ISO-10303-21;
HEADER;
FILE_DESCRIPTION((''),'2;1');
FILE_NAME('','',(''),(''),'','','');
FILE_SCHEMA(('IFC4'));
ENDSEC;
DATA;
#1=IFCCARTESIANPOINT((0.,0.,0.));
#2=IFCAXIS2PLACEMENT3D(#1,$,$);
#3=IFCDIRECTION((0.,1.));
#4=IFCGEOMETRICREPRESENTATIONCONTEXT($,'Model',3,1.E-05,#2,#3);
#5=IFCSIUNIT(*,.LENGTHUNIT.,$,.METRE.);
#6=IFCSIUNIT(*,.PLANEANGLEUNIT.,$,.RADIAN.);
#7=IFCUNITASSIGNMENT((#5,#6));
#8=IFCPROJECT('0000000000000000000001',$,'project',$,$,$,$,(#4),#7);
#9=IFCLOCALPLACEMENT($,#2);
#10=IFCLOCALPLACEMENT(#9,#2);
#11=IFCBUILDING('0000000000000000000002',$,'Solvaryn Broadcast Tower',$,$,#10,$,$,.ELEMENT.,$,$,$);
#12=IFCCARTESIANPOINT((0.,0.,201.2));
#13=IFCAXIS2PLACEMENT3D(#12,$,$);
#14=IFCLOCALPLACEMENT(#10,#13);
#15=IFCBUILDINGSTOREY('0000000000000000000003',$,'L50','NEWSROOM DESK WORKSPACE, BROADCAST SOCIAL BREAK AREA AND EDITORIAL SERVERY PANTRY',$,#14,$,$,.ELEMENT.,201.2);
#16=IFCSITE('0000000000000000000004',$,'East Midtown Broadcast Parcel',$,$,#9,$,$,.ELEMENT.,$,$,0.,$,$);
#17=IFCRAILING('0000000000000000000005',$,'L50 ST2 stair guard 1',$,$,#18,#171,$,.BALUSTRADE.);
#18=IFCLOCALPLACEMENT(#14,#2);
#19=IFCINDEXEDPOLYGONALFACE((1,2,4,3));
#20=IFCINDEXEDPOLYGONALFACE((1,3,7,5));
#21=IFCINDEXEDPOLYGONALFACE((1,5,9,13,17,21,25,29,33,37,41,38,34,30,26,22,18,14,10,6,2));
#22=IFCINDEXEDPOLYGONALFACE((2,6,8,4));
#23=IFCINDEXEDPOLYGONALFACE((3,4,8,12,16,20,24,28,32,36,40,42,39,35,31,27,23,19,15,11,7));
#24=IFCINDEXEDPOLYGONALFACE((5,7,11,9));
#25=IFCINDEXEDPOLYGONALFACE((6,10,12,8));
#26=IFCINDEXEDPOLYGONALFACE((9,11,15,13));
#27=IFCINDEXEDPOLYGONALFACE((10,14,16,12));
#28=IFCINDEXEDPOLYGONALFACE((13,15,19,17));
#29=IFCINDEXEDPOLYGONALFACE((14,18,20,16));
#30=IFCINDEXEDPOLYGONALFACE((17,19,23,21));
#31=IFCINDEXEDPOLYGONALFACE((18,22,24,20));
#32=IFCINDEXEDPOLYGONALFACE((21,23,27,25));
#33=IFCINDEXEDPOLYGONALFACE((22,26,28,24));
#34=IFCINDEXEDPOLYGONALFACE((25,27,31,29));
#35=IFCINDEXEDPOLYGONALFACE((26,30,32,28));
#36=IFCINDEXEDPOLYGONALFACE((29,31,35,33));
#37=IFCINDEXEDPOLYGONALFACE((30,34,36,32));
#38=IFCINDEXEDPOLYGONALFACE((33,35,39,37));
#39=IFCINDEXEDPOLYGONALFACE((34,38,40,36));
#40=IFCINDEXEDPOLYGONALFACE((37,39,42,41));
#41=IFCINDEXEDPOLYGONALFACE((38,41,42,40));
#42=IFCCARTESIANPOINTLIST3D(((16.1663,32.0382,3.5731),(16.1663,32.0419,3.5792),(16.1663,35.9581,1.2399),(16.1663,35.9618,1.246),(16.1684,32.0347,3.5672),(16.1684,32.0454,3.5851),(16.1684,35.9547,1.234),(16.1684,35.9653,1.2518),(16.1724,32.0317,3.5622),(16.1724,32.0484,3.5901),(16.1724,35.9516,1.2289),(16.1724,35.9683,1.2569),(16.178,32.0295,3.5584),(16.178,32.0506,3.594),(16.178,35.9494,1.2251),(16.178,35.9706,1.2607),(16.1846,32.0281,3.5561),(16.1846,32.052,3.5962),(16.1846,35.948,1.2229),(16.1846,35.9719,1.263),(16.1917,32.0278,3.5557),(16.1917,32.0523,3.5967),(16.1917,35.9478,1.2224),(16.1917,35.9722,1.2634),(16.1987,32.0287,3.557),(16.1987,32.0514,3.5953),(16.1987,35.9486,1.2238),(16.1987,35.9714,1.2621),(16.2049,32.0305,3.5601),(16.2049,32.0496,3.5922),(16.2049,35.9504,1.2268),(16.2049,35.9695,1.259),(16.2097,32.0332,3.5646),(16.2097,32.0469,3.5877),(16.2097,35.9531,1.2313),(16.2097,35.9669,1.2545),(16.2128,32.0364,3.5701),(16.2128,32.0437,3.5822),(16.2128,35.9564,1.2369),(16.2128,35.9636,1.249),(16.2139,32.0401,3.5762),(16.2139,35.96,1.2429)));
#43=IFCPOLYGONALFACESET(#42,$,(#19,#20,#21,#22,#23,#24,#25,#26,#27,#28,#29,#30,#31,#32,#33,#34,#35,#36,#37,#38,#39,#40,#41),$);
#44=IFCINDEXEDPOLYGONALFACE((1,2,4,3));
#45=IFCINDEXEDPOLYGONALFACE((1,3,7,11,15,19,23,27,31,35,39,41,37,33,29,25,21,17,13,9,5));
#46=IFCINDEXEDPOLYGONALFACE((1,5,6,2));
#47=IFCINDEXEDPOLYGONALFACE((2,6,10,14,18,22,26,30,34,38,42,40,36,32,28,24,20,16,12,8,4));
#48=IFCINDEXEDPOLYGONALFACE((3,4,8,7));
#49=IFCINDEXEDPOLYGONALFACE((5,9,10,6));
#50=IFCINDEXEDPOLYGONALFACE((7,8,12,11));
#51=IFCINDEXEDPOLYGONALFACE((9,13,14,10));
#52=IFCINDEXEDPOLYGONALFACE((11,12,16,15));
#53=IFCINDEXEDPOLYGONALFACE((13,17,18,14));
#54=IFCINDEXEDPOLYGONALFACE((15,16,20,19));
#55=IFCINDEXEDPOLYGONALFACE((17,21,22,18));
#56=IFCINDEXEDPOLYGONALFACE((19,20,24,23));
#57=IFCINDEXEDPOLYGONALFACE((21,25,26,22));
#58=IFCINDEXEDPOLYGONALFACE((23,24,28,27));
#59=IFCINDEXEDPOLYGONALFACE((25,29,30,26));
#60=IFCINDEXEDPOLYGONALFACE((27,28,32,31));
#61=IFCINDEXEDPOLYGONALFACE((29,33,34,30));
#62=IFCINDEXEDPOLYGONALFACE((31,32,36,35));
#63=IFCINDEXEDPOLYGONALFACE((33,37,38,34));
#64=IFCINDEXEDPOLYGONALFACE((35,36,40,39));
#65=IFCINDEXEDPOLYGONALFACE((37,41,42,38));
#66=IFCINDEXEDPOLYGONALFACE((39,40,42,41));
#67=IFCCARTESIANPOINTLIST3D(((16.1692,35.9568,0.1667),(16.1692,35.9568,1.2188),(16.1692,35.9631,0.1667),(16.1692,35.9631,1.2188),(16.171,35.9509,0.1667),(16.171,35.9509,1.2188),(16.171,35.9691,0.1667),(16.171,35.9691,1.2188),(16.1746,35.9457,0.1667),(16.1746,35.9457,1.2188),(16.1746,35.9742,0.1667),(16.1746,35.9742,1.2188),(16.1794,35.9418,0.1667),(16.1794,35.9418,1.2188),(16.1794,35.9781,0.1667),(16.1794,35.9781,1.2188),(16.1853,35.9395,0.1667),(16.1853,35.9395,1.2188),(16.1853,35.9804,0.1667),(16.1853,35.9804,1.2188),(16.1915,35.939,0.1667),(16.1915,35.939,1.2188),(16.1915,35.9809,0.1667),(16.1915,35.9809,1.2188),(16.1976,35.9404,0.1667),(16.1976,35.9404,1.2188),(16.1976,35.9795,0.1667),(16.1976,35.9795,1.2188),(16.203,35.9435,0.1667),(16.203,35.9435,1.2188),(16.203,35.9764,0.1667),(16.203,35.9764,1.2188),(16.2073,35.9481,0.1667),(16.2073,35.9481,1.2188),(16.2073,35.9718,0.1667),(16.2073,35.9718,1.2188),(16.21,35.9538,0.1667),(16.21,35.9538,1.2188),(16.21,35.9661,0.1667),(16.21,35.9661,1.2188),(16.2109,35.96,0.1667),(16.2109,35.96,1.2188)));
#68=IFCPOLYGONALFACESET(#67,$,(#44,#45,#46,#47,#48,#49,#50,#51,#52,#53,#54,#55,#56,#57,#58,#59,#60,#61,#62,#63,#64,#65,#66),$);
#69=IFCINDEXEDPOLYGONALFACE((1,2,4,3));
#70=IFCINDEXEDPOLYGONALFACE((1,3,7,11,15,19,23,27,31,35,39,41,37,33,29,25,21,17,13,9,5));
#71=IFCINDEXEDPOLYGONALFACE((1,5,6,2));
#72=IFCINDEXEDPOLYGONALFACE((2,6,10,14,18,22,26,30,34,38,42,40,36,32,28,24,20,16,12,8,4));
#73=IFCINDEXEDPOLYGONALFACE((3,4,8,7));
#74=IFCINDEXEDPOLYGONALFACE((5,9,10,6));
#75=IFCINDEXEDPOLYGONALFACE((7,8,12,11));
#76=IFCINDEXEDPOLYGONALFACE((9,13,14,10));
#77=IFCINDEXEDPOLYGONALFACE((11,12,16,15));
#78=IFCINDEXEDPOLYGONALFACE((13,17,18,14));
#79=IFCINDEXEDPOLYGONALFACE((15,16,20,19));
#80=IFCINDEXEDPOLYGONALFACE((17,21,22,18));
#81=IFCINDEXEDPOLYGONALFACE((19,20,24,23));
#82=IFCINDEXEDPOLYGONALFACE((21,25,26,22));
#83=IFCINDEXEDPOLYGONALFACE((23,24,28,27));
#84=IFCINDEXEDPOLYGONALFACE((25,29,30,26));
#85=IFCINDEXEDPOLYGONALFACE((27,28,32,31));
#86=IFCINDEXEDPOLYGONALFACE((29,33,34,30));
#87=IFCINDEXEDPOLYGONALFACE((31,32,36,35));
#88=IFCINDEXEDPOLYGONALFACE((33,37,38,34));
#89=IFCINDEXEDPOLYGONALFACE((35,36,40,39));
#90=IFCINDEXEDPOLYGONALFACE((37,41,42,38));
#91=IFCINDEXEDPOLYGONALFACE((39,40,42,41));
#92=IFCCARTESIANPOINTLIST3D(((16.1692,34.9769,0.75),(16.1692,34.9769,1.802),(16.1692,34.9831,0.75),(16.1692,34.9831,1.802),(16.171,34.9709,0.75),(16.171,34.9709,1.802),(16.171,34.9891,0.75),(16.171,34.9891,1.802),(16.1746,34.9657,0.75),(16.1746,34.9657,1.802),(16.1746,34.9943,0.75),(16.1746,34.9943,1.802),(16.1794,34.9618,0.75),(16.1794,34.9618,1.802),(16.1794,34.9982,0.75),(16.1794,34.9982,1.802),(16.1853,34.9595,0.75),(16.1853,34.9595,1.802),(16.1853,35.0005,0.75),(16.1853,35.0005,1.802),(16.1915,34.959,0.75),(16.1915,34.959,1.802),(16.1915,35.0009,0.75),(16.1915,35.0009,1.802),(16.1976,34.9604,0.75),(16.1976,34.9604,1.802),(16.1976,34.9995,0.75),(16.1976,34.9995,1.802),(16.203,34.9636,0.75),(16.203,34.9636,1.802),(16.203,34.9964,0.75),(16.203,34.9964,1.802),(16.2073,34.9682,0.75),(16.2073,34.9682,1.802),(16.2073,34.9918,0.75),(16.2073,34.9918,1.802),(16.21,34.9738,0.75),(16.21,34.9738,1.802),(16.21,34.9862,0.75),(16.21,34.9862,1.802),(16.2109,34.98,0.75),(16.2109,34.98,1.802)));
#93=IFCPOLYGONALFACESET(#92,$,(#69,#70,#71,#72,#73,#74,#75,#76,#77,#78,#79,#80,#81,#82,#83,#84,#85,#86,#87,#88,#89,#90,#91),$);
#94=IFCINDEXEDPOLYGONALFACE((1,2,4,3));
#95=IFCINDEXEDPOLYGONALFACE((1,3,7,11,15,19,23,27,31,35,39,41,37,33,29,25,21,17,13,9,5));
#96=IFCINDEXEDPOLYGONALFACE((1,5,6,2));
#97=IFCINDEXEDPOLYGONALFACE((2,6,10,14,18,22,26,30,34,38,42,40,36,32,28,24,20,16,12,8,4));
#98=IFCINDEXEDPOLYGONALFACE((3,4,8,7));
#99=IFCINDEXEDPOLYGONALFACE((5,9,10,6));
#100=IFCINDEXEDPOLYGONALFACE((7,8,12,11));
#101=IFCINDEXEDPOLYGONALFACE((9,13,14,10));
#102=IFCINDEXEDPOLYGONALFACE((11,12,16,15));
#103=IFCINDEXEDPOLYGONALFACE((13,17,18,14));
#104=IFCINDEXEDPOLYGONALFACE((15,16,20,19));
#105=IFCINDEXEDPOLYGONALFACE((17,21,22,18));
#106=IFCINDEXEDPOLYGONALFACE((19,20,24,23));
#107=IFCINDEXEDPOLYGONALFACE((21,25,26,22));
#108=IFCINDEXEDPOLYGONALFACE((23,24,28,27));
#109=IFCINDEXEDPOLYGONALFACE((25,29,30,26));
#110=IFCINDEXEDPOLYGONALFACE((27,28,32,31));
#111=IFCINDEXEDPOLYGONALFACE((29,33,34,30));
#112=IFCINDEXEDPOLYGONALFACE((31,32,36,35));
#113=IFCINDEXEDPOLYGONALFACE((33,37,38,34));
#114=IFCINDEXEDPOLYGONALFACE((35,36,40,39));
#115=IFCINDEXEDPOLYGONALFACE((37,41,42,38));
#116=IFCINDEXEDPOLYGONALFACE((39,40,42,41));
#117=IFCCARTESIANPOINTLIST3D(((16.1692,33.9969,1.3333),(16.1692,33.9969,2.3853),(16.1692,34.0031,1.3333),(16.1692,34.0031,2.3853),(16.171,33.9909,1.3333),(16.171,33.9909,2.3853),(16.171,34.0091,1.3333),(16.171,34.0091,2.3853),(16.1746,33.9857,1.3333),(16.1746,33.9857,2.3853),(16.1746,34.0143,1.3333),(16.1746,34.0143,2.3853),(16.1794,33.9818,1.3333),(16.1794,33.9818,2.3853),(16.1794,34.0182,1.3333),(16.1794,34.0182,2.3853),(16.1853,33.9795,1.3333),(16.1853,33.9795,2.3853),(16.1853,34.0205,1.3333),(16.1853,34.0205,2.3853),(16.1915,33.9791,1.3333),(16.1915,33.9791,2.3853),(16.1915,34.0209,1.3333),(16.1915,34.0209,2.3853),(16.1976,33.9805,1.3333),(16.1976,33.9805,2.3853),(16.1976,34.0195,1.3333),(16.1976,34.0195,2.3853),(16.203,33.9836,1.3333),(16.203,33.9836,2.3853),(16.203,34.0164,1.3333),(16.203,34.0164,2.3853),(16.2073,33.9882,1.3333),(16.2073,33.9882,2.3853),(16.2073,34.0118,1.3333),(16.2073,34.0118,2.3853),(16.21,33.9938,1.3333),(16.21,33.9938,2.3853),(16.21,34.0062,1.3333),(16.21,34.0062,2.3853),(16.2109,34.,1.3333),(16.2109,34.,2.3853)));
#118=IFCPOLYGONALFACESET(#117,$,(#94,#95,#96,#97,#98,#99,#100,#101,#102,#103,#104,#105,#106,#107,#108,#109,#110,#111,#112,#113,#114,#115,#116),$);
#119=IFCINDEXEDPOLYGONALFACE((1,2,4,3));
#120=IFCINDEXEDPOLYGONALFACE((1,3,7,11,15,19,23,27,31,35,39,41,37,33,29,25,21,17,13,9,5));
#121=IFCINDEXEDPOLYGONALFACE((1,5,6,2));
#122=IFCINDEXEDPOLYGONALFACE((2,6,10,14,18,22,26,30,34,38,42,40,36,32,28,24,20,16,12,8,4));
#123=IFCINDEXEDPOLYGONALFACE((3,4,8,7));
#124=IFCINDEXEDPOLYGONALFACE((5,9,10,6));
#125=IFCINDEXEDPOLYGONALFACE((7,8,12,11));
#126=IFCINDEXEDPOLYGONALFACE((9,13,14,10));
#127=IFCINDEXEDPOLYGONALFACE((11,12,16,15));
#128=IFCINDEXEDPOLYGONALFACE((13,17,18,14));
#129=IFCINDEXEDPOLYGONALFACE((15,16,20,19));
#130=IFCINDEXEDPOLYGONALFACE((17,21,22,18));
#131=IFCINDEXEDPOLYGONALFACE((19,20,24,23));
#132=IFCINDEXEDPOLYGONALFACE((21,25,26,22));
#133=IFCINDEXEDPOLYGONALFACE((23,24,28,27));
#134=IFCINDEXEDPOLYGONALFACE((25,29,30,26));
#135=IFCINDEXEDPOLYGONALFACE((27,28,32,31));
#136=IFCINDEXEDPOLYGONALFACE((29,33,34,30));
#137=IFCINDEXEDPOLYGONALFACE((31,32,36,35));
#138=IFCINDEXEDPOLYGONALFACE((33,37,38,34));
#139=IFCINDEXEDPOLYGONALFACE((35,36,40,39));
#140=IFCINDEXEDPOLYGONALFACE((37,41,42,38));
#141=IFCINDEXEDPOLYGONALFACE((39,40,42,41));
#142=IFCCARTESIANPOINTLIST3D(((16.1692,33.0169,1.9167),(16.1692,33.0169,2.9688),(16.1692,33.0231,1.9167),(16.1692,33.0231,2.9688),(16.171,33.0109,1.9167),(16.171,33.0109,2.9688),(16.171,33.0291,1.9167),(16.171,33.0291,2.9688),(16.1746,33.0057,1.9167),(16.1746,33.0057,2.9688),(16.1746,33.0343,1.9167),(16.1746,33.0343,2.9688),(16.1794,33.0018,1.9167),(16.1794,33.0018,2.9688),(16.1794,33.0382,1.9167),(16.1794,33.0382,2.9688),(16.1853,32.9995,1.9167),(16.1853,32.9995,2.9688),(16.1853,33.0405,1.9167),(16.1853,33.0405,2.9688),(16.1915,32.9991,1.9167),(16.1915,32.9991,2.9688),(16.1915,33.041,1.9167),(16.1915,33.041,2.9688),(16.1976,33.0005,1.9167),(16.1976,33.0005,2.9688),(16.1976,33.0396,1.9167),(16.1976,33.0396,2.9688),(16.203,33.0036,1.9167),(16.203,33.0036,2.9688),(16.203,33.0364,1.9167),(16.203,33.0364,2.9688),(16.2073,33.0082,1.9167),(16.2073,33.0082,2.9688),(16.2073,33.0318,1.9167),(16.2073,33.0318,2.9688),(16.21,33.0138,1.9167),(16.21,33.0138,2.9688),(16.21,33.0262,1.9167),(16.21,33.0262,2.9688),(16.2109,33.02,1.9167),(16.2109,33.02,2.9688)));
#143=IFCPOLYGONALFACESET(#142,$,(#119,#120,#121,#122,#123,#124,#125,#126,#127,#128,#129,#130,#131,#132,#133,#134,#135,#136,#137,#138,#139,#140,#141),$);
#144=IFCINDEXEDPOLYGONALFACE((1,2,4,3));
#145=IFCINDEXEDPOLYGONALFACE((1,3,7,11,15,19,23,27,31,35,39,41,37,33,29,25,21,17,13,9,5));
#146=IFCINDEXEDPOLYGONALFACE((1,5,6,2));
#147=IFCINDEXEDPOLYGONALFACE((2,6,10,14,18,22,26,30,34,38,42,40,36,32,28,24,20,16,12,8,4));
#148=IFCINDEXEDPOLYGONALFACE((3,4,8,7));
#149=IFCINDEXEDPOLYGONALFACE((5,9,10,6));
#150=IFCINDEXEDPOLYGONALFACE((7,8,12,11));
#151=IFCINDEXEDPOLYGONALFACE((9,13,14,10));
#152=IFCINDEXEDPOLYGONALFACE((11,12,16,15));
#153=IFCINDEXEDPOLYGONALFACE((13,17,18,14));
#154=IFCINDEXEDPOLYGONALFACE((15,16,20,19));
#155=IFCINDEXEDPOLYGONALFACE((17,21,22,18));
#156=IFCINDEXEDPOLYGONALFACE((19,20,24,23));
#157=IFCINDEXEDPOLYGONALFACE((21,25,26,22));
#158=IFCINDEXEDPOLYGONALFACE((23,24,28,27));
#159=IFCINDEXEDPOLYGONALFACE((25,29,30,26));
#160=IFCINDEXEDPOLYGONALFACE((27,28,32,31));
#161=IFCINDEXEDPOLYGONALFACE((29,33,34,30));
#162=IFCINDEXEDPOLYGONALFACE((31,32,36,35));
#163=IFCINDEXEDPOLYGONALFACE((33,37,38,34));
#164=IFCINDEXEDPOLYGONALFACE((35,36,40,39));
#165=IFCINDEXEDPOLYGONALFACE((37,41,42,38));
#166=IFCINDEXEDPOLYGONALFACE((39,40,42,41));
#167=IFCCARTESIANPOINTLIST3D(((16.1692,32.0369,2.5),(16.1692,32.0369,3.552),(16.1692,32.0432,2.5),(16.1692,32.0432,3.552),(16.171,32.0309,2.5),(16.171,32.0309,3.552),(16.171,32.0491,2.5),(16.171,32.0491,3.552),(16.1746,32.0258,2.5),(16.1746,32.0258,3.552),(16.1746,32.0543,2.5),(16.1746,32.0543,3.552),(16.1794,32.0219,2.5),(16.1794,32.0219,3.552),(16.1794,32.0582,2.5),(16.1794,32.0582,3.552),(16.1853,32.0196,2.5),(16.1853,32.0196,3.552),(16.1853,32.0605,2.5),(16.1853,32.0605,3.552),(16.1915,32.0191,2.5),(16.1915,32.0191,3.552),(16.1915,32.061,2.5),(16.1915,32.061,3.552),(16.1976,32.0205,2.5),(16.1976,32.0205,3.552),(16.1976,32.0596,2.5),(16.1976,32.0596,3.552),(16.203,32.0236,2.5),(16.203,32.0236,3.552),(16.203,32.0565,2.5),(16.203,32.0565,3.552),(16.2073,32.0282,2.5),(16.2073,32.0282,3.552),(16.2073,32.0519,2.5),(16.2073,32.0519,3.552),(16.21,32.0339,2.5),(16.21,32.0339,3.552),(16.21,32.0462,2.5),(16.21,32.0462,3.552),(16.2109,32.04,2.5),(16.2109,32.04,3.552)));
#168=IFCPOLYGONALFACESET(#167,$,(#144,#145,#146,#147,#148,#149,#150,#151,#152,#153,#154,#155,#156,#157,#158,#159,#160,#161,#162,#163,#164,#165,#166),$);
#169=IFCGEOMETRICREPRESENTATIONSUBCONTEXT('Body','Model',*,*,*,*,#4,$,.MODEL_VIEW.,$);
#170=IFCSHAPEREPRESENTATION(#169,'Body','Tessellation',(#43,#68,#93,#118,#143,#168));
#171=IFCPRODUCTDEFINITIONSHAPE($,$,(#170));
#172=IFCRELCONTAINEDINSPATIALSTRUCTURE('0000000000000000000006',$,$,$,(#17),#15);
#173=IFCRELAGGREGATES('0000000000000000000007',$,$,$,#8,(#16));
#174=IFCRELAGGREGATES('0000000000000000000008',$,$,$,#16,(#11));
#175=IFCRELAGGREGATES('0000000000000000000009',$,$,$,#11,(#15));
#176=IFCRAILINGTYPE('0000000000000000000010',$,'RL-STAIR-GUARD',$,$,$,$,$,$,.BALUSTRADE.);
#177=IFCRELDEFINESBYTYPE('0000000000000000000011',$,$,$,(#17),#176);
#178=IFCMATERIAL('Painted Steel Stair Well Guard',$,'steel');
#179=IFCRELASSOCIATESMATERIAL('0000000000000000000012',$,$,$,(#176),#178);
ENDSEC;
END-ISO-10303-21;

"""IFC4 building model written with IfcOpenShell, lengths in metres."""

from ifc_helpers import new_model, si_unit, direction, frame, origin, origin_2d, place, context, subcontext, project, spatial, circle, extrude, material, type_object, element, save


model = new_model("IFC4")

# Units and contexts
model_context = context("Model", 3, precision=1e-05, world=origin(), true_north=direction((0.0, 1.0)))
body_context = subcontext(model_context, "Body", "Model", "MODEL_VIEW")
ifc_project = project(units=[si_unit("LENGTHUNIT", "METRE"), si_unit("PLANEANGLEUNIT", "RADIAN")], contexts=[model_context])

# Site, building, storey
site_placement = place(None, origin())
site = spatial("IfcSite", under=ifc_project, at=site_placement, Name="East Midtown Broadcast Parcel", CompositionType="ELEMENT", RefElevation=0.0)
building_placement = place(site_placement, origin())
building = spatial("IfcBuilding", under=site, at=building_placement, Name="Solvaryn Broadcast Tower", CompositionType="ELEMENT")
storey_placement = place(building_placement, frame((0.0, 0.0, 201.2)))
storey = spatial("IfcBuildingStorey", under=building, at=storey_placement, Name="L50", Description="NEWSROOM DESK WORKSPACE, BROADCAST SOCIAL BREAK AREA AND EDITORIAL SERVERY PANTRY", CompositionType="ELEMENT", Elevation=201.2)

# Railing
ifc_material_1 = material(Name="Painted Steel Stair Well Guard", Category="steel")
railing_type_1 = type_object("IfcRailingType", Name="RL-STAIR-GUARD", PredefinedType="BALUSTRADE", material=ifc_material_1)
railing_1_placement = place(storey_placement, frame((16.1899, 35.96, 0.1667)))
element("IfcRailing", 1, at=railing_1_placement, inside=storey, type_object=railing_type_1, Name="L50 ST2 stair guard 1", PredefinedType="BALUSTRADE", context=body_context, shape_type="SweptSolid", body=[
    extrude(circle(Radius=0.0239, at=origin_2d()), frame((0.0, 0.0, 1.0762), z_axis=(0.0, -0.859296, 0.511478), x_axis=(1.0, 0.0, 0.0)), (0.0, 0.0, 1.0), 4.5618),
    extrude(circle(Radius=0.021, at=origin_2d()), origin(), (0.0, 0.0, 1.0), 1.052),
    extrude(circle(Radius=0.021, at=origin_2d()), frame((0.0, -0.98, 0.5833)), (0.0, 0.0, 1.0), 1.052),
    extrude(circle(Radius=0.021, at=origin_2d()), frame((0.0, -1.96, 1.1665)), (0.0, 0.0, 1.0), 1.052),
    extrude(circle(Radius=0.021, at=origin_2d()), frame((0.0, -2.9399, 1.75)), (0.0, 0.0, 1.0), 1.052),
    extrude(circle(Radius=0.021, at=origin_2d()), frame((0.0, -3.9199, 2.3333)), (0.0, 0.0, 1.0), 1.052),
])

save(model, "model.ifc")
